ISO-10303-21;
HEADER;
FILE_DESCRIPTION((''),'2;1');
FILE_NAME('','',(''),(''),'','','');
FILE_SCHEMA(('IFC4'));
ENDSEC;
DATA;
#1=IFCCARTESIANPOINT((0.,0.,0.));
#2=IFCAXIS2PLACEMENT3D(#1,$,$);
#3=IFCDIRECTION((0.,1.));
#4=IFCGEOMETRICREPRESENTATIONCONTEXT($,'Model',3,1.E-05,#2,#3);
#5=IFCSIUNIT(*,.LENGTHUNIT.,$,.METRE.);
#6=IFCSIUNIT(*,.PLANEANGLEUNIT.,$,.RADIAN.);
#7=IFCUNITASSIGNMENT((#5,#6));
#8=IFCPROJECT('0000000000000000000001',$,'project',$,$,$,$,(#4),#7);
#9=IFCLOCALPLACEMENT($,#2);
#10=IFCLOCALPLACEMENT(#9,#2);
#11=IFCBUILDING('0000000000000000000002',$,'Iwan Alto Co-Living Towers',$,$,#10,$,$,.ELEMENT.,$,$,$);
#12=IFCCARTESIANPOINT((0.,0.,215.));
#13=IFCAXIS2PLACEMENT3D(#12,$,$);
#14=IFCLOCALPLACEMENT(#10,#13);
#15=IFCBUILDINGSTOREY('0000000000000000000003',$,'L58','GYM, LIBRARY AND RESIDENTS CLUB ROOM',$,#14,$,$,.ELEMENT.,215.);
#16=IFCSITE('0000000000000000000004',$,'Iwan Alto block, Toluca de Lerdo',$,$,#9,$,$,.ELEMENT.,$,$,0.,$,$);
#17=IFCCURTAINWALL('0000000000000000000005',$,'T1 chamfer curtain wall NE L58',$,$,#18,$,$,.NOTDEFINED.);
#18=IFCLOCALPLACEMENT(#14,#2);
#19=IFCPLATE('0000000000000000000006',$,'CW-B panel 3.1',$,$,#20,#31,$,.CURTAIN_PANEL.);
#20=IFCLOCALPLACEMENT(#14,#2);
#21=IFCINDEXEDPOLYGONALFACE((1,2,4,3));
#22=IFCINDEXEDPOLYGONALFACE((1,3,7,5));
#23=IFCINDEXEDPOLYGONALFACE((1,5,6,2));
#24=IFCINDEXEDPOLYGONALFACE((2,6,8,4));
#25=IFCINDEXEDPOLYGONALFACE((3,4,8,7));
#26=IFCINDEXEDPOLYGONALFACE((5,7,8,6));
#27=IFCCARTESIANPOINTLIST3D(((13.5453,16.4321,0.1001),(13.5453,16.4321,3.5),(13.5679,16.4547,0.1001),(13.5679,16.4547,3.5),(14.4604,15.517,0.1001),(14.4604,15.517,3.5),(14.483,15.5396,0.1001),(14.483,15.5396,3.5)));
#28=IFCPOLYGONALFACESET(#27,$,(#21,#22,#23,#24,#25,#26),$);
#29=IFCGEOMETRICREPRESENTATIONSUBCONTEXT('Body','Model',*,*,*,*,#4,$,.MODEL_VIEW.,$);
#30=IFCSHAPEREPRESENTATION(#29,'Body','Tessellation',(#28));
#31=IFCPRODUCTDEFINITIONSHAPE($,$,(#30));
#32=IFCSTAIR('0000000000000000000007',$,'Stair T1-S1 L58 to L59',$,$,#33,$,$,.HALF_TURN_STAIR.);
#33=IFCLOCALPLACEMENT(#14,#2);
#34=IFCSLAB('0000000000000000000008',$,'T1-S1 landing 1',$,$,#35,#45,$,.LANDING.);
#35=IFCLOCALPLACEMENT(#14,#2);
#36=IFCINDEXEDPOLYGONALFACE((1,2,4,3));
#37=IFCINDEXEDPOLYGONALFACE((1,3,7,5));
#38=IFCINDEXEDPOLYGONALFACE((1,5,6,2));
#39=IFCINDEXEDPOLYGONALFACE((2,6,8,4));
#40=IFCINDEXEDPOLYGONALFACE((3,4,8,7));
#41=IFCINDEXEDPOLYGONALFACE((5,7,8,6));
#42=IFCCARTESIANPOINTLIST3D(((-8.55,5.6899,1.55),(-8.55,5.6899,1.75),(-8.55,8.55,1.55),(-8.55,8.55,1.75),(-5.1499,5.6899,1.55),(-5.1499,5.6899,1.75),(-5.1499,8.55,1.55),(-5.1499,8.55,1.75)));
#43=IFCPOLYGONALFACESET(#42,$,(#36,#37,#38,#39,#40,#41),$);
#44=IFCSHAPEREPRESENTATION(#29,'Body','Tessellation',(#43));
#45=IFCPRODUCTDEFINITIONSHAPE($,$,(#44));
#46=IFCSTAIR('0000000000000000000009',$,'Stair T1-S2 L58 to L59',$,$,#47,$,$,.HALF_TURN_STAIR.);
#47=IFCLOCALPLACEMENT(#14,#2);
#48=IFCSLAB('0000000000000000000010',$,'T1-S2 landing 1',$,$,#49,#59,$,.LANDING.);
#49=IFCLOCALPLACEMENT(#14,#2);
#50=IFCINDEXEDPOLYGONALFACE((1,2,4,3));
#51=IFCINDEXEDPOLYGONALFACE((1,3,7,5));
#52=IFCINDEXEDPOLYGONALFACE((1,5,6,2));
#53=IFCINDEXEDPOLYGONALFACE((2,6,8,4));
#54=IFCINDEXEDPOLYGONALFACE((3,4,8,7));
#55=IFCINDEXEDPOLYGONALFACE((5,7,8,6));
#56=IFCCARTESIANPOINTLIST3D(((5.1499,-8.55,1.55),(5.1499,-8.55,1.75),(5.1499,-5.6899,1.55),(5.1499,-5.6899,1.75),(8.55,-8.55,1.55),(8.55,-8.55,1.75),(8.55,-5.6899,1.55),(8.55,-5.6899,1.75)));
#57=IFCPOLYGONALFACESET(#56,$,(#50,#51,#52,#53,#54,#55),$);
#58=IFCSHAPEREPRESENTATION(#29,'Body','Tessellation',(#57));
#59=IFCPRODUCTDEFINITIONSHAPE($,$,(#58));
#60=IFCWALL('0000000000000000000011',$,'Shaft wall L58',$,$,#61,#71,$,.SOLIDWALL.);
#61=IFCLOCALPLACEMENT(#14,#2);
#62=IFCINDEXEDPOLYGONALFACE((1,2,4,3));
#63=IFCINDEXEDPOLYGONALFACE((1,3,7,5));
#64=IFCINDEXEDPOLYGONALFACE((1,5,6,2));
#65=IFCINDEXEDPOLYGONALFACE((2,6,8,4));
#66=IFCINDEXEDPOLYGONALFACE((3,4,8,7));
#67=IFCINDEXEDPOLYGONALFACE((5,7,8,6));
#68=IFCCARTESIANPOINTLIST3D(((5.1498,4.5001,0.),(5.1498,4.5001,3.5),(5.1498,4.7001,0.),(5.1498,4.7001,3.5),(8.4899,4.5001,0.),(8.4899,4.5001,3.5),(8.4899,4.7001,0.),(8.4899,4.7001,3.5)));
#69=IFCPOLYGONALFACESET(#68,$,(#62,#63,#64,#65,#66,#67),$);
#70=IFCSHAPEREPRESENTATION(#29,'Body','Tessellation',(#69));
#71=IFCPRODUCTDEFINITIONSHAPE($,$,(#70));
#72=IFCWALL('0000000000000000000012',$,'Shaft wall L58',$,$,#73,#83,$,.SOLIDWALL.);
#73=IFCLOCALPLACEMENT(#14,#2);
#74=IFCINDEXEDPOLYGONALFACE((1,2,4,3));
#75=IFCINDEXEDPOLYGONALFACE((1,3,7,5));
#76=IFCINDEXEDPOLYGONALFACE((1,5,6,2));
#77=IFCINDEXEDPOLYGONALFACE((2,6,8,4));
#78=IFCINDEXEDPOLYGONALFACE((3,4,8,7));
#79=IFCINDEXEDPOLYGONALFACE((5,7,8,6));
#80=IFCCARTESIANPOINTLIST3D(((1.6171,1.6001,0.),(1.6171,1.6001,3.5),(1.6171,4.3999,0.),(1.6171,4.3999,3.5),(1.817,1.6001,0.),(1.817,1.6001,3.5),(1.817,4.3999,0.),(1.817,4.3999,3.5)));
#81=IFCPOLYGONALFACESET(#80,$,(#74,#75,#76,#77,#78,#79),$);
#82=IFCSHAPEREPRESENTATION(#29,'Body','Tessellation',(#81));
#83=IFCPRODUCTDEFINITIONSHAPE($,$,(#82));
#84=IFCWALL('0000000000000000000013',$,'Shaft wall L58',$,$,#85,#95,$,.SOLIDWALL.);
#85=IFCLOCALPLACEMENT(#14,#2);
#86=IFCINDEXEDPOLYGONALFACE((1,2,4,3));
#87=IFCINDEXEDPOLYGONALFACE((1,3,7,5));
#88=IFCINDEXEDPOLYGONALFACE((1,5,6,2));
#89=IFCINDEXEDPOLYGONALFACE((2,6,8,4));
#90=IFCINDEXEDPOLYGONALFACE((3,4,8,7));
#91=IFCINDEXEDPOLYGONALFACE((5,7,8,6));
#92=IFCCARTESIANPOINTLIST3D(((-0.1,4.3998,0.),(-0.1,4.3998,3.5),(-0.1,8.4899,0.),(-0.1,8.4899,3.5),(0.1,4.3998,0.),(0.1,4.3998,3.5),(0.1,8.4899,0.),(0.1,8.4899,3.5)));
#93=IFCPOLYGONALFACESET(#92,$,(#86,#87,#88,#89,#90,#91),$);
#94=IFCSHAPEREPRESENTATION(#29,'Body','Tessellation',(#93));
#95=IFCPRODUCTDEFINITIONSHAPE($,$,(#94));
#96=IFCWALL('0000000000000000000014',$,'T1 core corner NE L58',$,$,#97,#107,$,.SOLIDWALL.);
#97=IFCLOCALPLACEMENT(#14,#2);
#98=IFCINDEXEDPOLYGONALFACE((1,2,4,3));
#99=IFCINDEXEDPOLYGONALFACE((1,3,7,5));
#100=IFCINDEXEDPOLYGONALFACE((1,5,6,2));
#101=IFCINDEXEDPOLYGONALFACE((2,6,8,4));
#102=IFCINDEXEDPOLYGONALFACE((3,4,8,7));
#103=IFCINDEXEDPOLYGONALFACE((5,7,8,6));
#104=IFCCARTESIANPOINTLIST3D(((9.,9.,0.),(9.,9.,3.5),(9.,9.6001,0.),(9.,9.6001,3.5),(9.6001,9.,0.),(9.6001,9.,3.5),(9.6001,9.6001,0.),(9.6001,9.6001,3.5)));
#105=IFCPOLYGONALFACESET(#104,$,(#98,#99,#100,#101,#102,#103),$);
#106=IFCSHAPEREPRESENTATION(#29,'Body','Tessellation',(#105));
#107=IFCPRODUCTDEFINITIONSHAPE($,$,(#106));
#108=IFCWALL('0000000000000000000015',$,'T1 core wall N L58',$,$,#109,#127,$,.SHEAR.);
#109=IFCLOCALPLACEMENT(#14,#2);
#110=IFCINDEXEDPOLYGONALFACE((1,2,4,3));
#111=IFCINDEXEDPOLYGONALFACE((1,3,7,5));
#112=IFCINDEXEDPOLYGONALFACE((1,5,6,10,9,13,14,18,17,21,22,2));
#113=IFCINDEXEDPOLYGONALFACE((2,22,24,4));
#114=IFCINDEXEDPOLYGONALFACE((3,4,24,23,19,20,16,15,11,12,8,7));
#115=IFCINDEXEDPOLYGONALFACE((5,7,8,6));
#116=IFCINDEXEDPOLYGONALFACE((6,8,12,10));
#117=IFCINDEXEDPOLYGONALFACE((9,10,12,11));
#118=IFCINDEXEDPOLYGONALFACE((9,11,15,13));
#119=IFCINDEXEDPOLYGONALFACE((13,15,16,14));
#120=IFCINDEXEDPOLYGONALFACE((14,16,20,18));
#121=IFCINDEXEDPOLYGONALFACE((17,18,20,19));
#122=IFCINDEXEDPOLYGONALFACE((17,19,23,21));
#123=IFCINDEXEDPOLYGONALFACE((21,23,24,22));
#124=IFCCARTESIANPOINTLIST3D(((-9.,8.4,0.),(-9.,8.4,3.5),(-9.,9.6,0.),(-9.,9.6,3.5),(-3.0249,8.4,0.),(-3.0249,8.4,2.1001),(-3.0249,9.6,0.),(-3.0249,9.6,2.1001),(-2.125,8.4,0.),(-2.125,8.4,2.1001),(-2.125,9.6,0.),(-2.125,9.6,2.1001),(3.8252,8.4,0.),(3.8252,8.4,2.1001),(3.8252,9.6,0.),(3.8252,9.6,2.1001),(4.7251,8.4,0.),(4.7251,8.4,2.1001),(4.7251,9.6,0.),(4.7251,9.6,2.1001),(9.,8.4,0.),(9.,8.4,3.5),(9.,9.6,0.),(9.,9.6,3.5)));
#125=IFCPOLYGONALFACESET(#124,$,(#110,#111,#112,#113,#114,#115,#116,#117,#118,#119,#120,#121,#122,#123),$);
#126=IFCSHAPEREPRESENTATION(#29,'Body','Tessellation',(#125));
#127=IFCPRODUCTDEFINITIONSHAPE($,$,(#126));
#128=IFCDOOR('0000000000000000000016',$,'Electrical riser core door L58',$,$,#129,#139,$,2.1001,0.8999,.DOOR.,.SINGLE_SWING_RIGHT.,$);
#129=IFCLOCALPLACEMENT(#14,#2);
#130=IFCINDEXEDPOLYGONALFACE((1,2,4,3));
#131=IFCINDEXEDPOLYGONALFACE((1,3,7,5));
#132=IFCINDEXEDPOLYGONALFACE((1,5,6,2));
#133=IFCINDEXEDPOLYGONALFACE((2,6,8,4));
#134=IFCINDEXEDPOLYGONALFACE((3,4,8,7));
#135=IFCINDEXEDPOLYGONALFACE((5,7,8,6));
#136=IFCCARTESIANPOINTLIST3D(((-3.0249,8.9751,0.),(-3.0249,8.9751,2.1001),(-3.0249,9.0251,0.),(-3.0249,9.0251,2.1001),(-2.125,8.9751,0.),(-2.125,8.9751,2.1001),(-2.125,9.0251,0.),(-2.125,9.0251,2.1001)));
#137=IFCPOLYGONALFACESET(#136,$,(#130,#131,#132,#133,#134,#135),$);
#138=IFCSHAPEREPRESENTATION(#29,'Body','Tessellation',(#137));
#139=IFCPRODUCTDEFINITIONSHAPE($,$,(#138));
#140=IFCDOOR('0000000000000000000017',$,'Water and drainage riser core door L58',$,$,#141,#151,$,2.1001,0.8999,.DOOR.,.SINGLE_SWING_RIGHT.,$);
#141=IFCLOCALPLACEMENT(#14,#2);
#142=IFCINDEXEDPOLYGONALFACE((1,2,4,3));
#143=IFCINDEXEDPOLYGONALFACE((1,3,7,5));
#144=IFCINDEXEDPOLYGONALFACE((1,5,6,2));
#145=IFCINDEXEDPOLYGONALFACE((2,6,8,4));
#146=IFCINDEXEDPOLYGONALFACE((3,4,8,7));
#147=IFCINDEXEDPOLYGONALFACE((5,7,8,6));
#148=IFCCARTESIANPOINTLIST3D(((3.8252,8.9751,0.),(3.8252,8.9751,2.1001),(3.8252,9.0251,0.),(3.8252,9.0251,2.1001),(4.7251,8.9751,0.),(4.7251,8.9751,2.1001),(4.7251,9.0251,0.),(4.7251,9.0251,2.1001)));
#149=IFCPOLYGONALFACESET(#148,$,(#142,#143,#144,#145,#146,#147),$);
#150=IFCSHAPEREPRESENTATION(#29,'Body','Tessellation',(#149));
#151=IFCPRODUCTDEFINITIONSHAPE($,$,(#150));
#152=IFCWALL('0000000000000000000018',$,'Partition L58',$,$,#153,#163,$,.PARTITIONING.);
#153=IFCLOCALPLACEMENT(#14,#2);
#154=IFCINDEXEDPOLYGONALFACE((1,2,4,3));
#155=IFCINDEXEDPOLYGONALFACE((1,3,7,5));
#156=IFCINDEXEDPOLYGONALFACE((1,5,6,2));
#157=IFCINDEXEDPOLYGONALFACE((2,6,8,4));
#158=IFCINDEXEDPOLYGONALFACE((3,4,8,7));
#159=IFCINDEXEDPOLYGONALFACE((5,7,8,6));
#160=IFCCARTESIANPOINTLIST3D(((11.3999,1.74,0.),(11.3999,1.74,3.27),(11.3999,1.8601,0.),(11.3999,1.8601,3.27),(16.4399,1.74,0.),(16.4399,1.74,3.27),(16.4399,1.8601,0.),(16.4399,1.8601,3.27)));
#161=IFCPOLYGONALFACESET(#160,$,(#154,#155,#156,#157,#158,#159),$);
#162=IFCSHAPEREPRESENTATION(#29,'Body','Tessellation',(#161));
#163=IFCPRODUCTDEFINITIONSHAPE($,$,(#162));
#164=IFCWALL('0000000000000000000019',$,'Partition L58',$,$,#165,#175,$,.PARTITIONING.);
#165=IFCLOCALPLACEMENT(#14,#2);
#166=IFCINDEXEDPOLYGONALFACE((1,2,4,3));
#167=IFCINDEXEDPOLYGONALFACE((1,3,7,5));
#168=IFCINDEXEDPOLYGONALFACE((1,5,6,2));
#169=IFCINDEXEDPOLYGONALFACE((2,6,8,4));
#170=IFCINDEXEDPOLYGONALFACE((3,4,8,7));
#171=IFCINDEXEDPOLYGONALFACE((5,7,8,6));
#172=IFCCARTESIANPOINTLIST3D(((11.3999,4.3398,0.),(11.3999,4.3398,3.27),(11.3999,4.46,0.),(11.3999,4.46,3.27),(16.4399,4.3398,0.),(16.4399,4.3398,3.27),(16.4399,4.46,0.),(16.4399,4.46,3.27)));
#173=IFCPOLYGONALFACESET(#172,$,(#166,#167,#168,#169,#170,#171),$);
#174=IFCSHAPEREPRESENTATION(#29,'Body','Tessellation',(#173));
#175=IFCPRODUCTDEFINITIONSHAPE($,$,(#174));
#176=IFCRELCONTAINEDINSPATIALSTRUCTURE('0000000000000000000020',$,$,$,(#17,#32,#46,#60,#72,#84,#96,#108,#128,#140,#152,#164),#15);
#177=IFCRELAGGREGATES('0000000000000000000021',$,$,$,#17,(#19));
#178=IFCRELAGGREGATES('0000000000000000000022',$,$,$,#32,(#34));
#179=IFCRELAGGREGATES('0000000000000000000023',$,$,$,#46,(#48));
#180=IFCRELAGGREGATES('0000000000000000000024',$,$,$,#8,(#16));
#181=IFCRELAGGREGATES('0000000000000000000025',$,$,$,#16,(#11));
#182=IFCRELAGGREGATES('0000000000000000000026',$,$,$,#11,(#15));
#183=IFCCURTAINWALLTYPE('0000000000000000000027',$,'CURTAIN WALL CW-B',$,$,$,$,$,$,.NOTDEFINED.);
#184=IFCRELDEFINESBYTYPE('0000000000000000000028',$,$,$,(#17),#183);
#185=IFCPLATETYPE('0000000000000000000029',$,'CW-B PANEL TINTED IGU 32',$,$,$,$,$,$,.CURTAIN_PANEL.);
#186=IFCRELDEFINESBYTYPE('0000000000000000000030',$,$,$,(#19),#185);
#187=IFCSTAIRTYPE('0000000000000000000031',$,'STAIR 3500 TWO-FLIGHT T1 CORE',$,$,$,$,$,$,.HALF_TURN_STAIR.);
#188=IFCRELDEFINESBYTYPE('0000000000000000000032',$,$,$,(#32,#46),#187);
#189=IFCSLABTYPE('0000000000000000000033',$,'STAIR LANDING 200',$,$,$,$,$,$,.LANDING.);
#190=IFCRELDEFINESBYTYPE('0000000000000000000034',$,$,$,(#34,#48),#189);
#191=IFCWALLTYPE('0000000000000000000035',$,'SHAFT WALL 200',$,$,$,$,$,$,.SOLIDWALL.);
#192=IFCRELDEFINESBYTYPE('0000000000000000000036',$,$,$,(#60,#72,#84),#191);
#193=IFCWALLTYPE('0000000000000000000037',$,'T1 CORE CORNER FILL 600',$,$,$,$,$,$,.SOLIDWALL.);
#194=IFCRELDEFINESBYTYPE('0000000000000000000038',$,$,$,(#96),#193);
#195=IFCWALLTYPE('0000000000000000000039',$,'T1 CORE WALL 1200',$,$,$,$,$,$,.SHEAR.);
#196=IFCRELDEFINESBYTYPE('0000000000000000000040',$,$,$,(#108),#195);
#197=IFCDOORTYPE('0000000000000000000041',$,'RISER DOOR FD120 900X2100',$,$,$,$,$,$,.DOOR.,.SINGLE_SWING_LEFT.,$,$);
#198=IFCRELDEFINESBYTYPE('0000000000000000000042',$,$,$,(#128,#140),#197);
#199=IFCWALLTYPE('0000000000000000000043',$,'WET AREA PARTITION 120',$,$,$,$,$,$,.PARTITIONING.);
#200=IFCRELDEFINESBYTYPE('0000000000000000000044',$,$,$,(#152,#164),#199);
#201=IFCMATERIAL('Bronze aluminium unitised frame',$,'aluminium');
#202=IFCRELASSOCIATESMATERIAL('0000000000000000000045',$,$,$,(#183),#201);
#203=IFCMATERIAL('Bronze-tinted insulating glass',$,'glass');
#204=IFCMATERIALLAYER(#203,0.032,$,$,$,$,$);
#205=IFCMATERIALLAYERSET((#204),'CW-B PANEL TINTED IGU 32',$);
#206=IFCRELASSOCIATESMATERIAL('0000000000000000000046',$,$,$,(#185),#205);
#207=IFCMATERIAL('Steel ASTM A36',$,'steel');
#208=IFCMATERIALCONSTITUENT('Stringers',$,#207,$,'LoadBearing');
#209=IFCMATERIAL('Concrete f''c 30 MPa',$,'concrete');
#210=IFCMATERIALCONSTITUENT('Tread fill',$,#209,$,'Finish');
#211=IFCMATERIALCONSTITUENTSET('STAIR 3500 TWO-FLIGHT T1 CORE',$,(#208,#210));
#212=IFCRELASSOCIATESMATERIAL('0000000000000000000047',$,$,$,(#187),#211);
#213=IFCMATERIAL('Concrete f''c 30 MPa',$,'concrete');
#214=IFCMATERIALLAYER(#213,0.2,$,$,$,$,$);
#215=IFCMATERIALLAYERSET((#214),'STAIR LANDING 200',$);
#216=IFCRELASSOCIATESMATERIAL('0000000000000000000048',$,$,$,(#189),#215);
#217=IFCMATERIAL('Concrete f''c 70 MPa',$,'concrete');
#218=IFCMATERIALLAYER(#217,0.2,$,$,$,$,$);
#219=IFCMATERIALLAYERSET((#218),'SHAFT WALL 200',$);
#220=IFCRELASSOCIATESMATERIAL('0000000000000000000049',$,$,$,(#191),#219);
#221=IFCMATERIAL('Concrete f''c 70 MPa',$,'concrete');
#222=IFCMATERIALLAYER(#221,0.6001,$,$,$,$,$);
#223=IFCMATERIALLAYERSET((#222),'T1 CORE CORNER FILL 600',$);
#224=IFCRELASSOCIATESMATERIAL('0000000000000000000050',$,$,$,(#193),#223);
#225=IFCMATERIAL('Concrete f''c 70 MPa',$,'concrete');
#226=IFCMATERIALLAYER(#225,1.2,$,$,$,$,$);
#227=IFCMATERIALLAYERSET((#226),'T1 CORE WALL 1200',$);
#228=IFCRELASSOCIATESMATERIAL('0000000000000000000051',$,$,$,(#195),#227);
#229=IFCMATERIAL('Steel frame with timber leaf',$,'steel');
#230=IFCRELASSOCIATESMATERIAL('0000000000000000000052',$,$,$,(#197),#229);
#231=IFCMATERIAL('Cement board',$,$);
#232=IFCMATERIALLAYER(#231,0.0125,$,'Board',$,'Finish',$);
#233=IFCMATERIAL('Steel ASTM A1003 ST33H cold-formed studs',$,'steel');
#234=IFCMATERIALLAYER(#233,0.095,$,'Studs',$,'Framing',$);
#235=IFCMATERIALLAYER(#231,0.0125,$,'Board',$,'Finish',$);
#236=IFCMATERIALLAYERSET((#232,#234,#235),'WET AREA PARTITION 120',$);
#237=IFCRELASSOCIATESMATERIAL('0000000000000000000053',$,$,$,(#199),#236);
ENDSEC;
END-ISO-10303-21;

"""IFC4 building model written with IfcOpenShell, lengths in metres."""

from ifc_helpers import new_model, si_unit, direction, frame, frame_2d, origin, origin_2d, place, context, subcontext, project, spatial, polyline, rectangle, outline, extrude, material, layer, layer_set, constituent, constituent_set, type_object, element, fill, aggregate, save


model = new_model("IFC4")

# Units and contexts
model_context = context("Model", 3, precision=1e-05, world=origin(), true_north=direction((0.0, 1.0)))
body_context = subcontext(model_context, "Body", "Model", "MODEL_VIEW")
ifc_project = project(units=[si_unit("LENGTHUNIT", "METRE"), si_unit("PLANEANGLEUNIT", "RADIAN")], contexts=[model_context])

# Site, building, storey
site_placement = place(None, origin())
site = spatial("IfcSite", under=ifc_project, at=site_placement, Name="Iwan Alto block, Toluca de Lerdo", CompositionType="ELEMENT", RefElevation=0.0)
building_placement = place(site_placement, origin())
building = spatial("IfcBuilding", under=site, at=building_placement, Name="Iwan Alto Co-Living Towers", CompositionType="ELEMENT")
storey_placement = place(building_placement, frame((0.0, 0.0, 215.0)))
storey = spatial("IfcBuildingStorey", under=building, at=storey_placement, Name="L58", Description="GYM, LIBRARY AND RESIDENTS CLUB ROOM", CompositionType="ELEMENT", Elevation=215.0)

# Curtain wall
ifc_material_1 = material(Name="Bronze aluminium unitised frame", Category="aluminium")
curtain_wall_type_1 = type_object("IfcCurtainWallType", Name="CURTAIN WALL CW-B", PredefinedType="NOTDEFINED", material=ifc_material_1)
curtain_wall_1_placement = place(storey_placement, origin())
curtain_wall_1 = element("IfcCurtainWall", 1, at=curtain_wall_1_placement, inside=storey, type_object=curtain_wall_type_1, Name="T1 chamfer curtain wall NE L58", PredefinedType="NOTDEFINED")

# Plate
ifc_material_2 = material(Name="Bronze-tinted insulating glass", Category="glass")
ifc_layer_1 = layer(ifc_material_2, 0.032)
ifc_layer_set_1 = layer_set([ifc_layer_1], Name="CW-B PANEL TINTED IGU 32")
plate_type_1 = type_object("IfcPlateType", Name="CW-B PANEL TINTED IGU 32", PredefinedType="CURTAIN_PANEL", material=ifc_layer_set_1)
plate_1_placement = place(storey_placement, frame((14.0142, 15.9858, 0.1001), z_axis=(0.0, 0.0, 1.0), x_axis=(-0.707107, 0.707107, 0.0)))
plate_1 = element("IfcPlate", 2, at=plate_1_placement, type_object=plate_type_1, Name="CW-B panel 3.1", PredefinedType="CURTAIN_PANEL", context=body_context, shape_type="SweptSolid", body=[
    extrude(rectangle(XDim=1.2942, YDim=0.032, at=origin_2d()), origin(), (0.0, 0.0, 1.0), 3.3999),
])
aggregate(curtain_wall_1, [plate_1])

# Stairs, slabs
ifc_material_3 = material(Name="Steel ASTM A36", Category="steel")
ifc_constituent_1 = constituent(ifc_material_3, Name="Stringers", Category="LoadBearing")
ifc_material_4 = material(Name="Concrete f'c 30 MPa", Category="concrete")
ifc_constituent_2 = constituent(ifc_material_4, Name="Tread fill", Category="Finish")
ifc_constituent_set = constituent_set(constituents=[ifc_constituent_1, ifc_constituent_2], Name="STAIR 3500 TWO-FLIGHT T1 CORE")
stair_type = type_object("IfcStairType", Name="STAIR 3500 TWO-FLIGHT T1 CORE", PredefinedType="HALF_TURN_STAIR", material=ifc_constituent_set)
stair_1_placement = place(storey_placement, origin())
stair_1 = element("IfcStair", 3, at=stair_1_placement, inside=storey, type_object=stair_type, Name="Stair T1-S1 L58 to L59", PredefinedType="HALF_TURN_STAIR")
ifc_material_5 = material(Name="Concrete f'c 30 MPa", Category="concrete")
ifc_layer_2 = layer(ifc_material_5, 0.2)
ifc_layer_set_2 = layer_set([ifc_layer_2], Name="STAIR LANDING 200")
slab_type_1 = type_object("IfcSlabType", Name="STAIR LANDING 200", PredefinedType="LANDING", material=ifc_layer_set_2)
slab_1_placement = place(storey_placement, frame((0.0, 0.0, 1.55)))
slab_1 = element("IfcSlab", 4, at=slab_1_placement, type_object=slab_type_1, Name="T1-S1 landing 1", PredefinedType="LANDING", context=body_context, shape_type="SweptSolid", body=[
    extrude(outline(polyline([(-8.55, 5.6899), (-8.55, 8.55), (-5.1499, 8.55), (-5.1499, 5.6899), (-8.55, 5.6899)])), origin(), (0.0, 0.0, 1.0), 0.2),
])
aggregate(stair_1, [slab_1])
stair_2_placement = place(storey_placement, origin())
stair_2 = element("IfcStair", 5, at=stair_2_placement, inside=storey, type_object=stair_type, Name="Stair T1-S2 L58 to L59", PredefinedType="HALF_TURN_STAIR")
slab_2_placement = place(storey_placement, frame((0.0, 0.0, 1.55)))
slab_2 = element("IfcSlab", 6, at=slab_2_placement, type_object=slab_type_1, Name="T1-S2 landing 1", PredefinedType="LANDING", context=body_context, shape_type="SweptSolid", body=[
    extrude(outline(polyline([(5.1499, -5.6899), (5.1499, -8.55), (8.55, -8.55), (8.55, -5.6899), (5.1499, -5.6899)])), origin(), (0.0, 0.0, 1.0), 0.2),
])
aggregate(stair_2, [slab_2])

# Walls
ifc_material_6 = material(Name="Concrete f'c 70 MPa", Category="concrete")
ifc_layer_3 = layer(ifc_material_6, 0.2)
ifc_layer_set_3 = layer_set([ifc_layer_3], Name="SHAFT WALL 200")
wall_type_1 = type_object("IfcWallType", Name="SHAFT WALL 200", PredefinedType="SOLIDWALL", material=ifc_layer_set_3)
wall_1_placement = place(storey_placement, frame((5.1499, 4.6001, 0.0), z_axis=(0.0, 0.0, 1.0), x_axis=(1.0, 0.0, 0.0)))
element("IfcWall", 7, at=wall_1_placement, inside=storey, type_object=wall_type_1, Name="Shaft wall L58", PredefinedType="SOLIDWALL", context=body_context, shape_type="SweptSolid", body=[
    extrude(rectangle(XDim=3.3401, YDim=0.2, at=frame_2d((1.6699, 0.0))), origin(), (0.0, 0.0, 1.0), 3.5),
])
wall_2_placement = place(storey_placement, frame((1.717, 1.6001, 0.0), z_axis=(0.0, 0.0, 1.0), x_axis=(0.0, 1.0, 0.0)))
element("IfcWall", 8, at=wall_2_placement, inside=storey, type_object=wall_type_1, Name="Shaft wall L58", PredefinedType="SOLIDWALL", context=body_context, shape_type="SweptSolid", body=[
    extrude(rectangle(XDim=2.7998, YDim=0.2, at=frame_2d((1.3999, 0.0))), origin(), (0.0, 0.0, 1.0), 3.5),
])
wall_3_placement = place(storey_placement, frame((0.0, 4.3999, 0.0), z_axis=(0.0, 0.0, 1.0), x_axis=(0.0, 1.0, 0.0)))
element("IfcWall", 9, at=wall_3_placement, inside=storey, type_object=wall_type_1, Name="Shaft wall L58", PredefinedType="SOLIDWALL", context=body_context, shape_type="SweptSolid", body=[
    extrude(rectangle(XDim=4.0901, YDim=0.2, at=frame_2d((2.0449, 0.0))), origin(), (0.0, 0.0, 1.0), 3.5),
])
ifc_material_7 = material(Name="Concrete f'c 70 MPa", Category="concrete")
ifc_layer_4 = layer(ifc_material_7, 0.6001)
ifc_layer_set_4 = layer_set([ifc_layer_4], Name="T1 CORE CORNER FILL 600")
wall_type_2 = type_object("IfcWallType", Name="T1 CORE CORNER FILL 600", PredefinedType="SOLIDWALL", material=ifc_layer_set_4)
wall_4_placement = place(storey_placement, frame((9.0, 9.3, 0.0), z_axis=(0.0, 0.0, 1.0), x_axis=(1.0, 0.0, 0.0)))
element("IfcWall", 10, at=wall_4_placement, inside=storey, type_object=wall_type_2, Name="T1 core corner NE L58", PredefinedType="SOLIDWALL", context=body_context, shape_type="SweptSolid", body=[
    extrude(rectangle(XDim=0.6001, YDim=0.6001, at=frame_2d((0.3, 0.0))), origin(), (0.0, 0.0, 1.0), 3.5),
])

# Wall, openings, doors
ifc_material_8 = material(Name="Concrete f'c 70 MPa", Category="concrete")
ifc_layer_5 = layer(ifc_material_8, 1.2)
ifc_layer_set_5 = layer_set([ifc_layer_5], Name="T1 CORE WALL 1200")
wall_type_3 = type_object("IfcWallType", Name="T1 CORE WALL 1200", PredefinedType="SHEAR", material=ifc_layer_set_5)
wall_5_placement = place(storey_placement, frame((9.0, 9.0, 0.0), z_axis=(0.0, 0.0, 1.0), x_axis=(-1.0, 0.0, 0.0)))
wall_5 = element("IfcWall", 11, at=wall_5_placement, inside=storey, type_object=wall_type_3, Name="T1 core wall N L58", PredefinedType="SHEAR", context=body_context, shape_type="SweptSolid", body=[
    extrude(rectangle(XDim=18.0, YDim=1.2, at=frame_2d((9.0, 0.0))), origin(), (0.0, 0.0, 1.0), 3.5),
])
opening_1_placement = place(wall_5_placement, frame((11.125, 0.0, 0.0)))
opening_1 = element("IfcOpeningElement", 12, at=opening_1_placement, cuts=wall_5, PredefinedType="OPENING", context=body_context, shape_type="SweptSolid", body=[
    extrude(rectangle(XDim=0.8999, YDim=2.1001, at=frame_2d((0.45, 1.05))), frame((0.0, 0.6099, 0.0), z_axis=(0.0, -1.0, 0.0), x_axis=(1.0, 0.0, 0.0)), (0.0, 0.0, 1.0), 1.22),
])
opening_2_placement = place(wall_5_placement, frame((4.2749, 0.0, 0.0)))
opening_2 = element("IfcOpeningElement", 13, at=opening_2_placement, cuts=wall_5, PredefinedType="OPENING", context=body_context, shape_type="SweptSolid", body=[
    extrude(rectangle(XDim=0.8999, YDim=2.1001, at=frame_2d((0.45, 1.05))), frame((0.0, 0.6099, 0.0), z_axis=(0.0, -1.0, 0.0), x_axis=(1.0, 0.0, 0.0)), (0.0, 0.0, 1.0), 1.22),
])
ifc_material_9 = material(Name="Steel frame with timber leaf", Category="steel")
door_type = type_object("IfcDoorType", Name="RISER DOOR FD120 900X2100", OperationType="SINGLE_SWING_LEFT", PredefinedType="DOOR", material=ifc_material_9)
door_1_placement = place(opening_1_placement, origin())
door_1 = element("IfcDoor", 14, at=door_1_placement, inside=storey, type_object=door_type, Name="Electrical riser core door L58", OperationType="SINGLE_SWING_RIGHT", OverallHeight=2.1001, OverallWidth=0.8999, PredefinedType="DOOR", context=body_context, shape_type="SweptSolid", body=[
    extrude(rectangle(XDim=0.8999, YDim=2.1001, at=frame_2d((0.45, 1.05))), frame((0.0, 0.0249, 0.0), z_axis=(0.0, -1.0, 0.0), x_axis=(1.0, 0.0, 0.0)), (0.0, 0.0, 1.0), 0.05),
])
fill(opening_1, door_1)
door_2_placement = place(opening_2_placement, origin())
door_2 = element("IfcDoor", 15, at=door_2_placement, inside=storey, type_object=door_type, Name="Water and drainage riser core door L58", OperationType="SINGLE_SWING_RIGHT", OverallHeight=2.1001, OverallWidth=0.8999, PredefinedType="DOOR", context=body_context, shape_type="SweptSolid", body=[
    extrude(rectangle(XDim=0.8999, YDim=2.1001, at=frame_2d((0.45, 1.05))), frame((0.0, 0.0249, 0.0), z_axis=(0.0, -1.0, 0.0), x_axis=(1.0, 0.0, 0.0)), (0.0, 0.0, 1.0), 0.05),
])
fill(opening_2, door_2)

# Walls
ifc_material_10 = material(Name="Cement board")
ifc_layer_6 = layer(ifc_material_10, 0.0125, Name="Board", Category="Finish")
ifc_material_11 = material(Name="Steel ASTM A1003 ST33H cold-formed studs", Category="steel")
ifc_layer_7 = layer(ifc_material_11, 0.095, Name="Studs", Category="Framing")
ifc_layer_8 = layer(ifc_material_10, 0.0125, Name="Board", Category="Finish")
ifc_layer_set_6 = layer_set([ifc_layer_6, ifc_layer_7, ifc_layer_8], Name="WET AREA PARTITION 120")
wall_type_4 = type_object("IfcWallType", Name="WET AREA PARTITION 120", PredefinedType="PARTITIONING", material=ifc_layer_set_6)
for number, where, z_axis, x_axis, name in (
    (16, (11.3999, 1.8, 0.0), (0.0, 0.0, 1.0), (1.0, 0.0, 0.0), "Partition L58"),
    (17, (11.3999, 4.3999, 0.0), (0.0, 0.0, 1.0), (1.0, 0.0, 0.0), "Partition L58"),
):
    element("IfcWall", number, at=place(storey_placement, frame(where, z_axis=z_axis, x_axis=x_axis)), inside=storey, type_object=wall_type_4, Name=name, PredefinedType="PARTITIONING", context=body_context, shape_type="SweptSolid", body=[
        extrude(rectangle(XDim=5.04, YDim=0.1201, at=frame_2d((2.52, 0.0))), origin(), (0.0, 0.0, 1.0), 3.27),
    ])

save(model, "model.ifc")
